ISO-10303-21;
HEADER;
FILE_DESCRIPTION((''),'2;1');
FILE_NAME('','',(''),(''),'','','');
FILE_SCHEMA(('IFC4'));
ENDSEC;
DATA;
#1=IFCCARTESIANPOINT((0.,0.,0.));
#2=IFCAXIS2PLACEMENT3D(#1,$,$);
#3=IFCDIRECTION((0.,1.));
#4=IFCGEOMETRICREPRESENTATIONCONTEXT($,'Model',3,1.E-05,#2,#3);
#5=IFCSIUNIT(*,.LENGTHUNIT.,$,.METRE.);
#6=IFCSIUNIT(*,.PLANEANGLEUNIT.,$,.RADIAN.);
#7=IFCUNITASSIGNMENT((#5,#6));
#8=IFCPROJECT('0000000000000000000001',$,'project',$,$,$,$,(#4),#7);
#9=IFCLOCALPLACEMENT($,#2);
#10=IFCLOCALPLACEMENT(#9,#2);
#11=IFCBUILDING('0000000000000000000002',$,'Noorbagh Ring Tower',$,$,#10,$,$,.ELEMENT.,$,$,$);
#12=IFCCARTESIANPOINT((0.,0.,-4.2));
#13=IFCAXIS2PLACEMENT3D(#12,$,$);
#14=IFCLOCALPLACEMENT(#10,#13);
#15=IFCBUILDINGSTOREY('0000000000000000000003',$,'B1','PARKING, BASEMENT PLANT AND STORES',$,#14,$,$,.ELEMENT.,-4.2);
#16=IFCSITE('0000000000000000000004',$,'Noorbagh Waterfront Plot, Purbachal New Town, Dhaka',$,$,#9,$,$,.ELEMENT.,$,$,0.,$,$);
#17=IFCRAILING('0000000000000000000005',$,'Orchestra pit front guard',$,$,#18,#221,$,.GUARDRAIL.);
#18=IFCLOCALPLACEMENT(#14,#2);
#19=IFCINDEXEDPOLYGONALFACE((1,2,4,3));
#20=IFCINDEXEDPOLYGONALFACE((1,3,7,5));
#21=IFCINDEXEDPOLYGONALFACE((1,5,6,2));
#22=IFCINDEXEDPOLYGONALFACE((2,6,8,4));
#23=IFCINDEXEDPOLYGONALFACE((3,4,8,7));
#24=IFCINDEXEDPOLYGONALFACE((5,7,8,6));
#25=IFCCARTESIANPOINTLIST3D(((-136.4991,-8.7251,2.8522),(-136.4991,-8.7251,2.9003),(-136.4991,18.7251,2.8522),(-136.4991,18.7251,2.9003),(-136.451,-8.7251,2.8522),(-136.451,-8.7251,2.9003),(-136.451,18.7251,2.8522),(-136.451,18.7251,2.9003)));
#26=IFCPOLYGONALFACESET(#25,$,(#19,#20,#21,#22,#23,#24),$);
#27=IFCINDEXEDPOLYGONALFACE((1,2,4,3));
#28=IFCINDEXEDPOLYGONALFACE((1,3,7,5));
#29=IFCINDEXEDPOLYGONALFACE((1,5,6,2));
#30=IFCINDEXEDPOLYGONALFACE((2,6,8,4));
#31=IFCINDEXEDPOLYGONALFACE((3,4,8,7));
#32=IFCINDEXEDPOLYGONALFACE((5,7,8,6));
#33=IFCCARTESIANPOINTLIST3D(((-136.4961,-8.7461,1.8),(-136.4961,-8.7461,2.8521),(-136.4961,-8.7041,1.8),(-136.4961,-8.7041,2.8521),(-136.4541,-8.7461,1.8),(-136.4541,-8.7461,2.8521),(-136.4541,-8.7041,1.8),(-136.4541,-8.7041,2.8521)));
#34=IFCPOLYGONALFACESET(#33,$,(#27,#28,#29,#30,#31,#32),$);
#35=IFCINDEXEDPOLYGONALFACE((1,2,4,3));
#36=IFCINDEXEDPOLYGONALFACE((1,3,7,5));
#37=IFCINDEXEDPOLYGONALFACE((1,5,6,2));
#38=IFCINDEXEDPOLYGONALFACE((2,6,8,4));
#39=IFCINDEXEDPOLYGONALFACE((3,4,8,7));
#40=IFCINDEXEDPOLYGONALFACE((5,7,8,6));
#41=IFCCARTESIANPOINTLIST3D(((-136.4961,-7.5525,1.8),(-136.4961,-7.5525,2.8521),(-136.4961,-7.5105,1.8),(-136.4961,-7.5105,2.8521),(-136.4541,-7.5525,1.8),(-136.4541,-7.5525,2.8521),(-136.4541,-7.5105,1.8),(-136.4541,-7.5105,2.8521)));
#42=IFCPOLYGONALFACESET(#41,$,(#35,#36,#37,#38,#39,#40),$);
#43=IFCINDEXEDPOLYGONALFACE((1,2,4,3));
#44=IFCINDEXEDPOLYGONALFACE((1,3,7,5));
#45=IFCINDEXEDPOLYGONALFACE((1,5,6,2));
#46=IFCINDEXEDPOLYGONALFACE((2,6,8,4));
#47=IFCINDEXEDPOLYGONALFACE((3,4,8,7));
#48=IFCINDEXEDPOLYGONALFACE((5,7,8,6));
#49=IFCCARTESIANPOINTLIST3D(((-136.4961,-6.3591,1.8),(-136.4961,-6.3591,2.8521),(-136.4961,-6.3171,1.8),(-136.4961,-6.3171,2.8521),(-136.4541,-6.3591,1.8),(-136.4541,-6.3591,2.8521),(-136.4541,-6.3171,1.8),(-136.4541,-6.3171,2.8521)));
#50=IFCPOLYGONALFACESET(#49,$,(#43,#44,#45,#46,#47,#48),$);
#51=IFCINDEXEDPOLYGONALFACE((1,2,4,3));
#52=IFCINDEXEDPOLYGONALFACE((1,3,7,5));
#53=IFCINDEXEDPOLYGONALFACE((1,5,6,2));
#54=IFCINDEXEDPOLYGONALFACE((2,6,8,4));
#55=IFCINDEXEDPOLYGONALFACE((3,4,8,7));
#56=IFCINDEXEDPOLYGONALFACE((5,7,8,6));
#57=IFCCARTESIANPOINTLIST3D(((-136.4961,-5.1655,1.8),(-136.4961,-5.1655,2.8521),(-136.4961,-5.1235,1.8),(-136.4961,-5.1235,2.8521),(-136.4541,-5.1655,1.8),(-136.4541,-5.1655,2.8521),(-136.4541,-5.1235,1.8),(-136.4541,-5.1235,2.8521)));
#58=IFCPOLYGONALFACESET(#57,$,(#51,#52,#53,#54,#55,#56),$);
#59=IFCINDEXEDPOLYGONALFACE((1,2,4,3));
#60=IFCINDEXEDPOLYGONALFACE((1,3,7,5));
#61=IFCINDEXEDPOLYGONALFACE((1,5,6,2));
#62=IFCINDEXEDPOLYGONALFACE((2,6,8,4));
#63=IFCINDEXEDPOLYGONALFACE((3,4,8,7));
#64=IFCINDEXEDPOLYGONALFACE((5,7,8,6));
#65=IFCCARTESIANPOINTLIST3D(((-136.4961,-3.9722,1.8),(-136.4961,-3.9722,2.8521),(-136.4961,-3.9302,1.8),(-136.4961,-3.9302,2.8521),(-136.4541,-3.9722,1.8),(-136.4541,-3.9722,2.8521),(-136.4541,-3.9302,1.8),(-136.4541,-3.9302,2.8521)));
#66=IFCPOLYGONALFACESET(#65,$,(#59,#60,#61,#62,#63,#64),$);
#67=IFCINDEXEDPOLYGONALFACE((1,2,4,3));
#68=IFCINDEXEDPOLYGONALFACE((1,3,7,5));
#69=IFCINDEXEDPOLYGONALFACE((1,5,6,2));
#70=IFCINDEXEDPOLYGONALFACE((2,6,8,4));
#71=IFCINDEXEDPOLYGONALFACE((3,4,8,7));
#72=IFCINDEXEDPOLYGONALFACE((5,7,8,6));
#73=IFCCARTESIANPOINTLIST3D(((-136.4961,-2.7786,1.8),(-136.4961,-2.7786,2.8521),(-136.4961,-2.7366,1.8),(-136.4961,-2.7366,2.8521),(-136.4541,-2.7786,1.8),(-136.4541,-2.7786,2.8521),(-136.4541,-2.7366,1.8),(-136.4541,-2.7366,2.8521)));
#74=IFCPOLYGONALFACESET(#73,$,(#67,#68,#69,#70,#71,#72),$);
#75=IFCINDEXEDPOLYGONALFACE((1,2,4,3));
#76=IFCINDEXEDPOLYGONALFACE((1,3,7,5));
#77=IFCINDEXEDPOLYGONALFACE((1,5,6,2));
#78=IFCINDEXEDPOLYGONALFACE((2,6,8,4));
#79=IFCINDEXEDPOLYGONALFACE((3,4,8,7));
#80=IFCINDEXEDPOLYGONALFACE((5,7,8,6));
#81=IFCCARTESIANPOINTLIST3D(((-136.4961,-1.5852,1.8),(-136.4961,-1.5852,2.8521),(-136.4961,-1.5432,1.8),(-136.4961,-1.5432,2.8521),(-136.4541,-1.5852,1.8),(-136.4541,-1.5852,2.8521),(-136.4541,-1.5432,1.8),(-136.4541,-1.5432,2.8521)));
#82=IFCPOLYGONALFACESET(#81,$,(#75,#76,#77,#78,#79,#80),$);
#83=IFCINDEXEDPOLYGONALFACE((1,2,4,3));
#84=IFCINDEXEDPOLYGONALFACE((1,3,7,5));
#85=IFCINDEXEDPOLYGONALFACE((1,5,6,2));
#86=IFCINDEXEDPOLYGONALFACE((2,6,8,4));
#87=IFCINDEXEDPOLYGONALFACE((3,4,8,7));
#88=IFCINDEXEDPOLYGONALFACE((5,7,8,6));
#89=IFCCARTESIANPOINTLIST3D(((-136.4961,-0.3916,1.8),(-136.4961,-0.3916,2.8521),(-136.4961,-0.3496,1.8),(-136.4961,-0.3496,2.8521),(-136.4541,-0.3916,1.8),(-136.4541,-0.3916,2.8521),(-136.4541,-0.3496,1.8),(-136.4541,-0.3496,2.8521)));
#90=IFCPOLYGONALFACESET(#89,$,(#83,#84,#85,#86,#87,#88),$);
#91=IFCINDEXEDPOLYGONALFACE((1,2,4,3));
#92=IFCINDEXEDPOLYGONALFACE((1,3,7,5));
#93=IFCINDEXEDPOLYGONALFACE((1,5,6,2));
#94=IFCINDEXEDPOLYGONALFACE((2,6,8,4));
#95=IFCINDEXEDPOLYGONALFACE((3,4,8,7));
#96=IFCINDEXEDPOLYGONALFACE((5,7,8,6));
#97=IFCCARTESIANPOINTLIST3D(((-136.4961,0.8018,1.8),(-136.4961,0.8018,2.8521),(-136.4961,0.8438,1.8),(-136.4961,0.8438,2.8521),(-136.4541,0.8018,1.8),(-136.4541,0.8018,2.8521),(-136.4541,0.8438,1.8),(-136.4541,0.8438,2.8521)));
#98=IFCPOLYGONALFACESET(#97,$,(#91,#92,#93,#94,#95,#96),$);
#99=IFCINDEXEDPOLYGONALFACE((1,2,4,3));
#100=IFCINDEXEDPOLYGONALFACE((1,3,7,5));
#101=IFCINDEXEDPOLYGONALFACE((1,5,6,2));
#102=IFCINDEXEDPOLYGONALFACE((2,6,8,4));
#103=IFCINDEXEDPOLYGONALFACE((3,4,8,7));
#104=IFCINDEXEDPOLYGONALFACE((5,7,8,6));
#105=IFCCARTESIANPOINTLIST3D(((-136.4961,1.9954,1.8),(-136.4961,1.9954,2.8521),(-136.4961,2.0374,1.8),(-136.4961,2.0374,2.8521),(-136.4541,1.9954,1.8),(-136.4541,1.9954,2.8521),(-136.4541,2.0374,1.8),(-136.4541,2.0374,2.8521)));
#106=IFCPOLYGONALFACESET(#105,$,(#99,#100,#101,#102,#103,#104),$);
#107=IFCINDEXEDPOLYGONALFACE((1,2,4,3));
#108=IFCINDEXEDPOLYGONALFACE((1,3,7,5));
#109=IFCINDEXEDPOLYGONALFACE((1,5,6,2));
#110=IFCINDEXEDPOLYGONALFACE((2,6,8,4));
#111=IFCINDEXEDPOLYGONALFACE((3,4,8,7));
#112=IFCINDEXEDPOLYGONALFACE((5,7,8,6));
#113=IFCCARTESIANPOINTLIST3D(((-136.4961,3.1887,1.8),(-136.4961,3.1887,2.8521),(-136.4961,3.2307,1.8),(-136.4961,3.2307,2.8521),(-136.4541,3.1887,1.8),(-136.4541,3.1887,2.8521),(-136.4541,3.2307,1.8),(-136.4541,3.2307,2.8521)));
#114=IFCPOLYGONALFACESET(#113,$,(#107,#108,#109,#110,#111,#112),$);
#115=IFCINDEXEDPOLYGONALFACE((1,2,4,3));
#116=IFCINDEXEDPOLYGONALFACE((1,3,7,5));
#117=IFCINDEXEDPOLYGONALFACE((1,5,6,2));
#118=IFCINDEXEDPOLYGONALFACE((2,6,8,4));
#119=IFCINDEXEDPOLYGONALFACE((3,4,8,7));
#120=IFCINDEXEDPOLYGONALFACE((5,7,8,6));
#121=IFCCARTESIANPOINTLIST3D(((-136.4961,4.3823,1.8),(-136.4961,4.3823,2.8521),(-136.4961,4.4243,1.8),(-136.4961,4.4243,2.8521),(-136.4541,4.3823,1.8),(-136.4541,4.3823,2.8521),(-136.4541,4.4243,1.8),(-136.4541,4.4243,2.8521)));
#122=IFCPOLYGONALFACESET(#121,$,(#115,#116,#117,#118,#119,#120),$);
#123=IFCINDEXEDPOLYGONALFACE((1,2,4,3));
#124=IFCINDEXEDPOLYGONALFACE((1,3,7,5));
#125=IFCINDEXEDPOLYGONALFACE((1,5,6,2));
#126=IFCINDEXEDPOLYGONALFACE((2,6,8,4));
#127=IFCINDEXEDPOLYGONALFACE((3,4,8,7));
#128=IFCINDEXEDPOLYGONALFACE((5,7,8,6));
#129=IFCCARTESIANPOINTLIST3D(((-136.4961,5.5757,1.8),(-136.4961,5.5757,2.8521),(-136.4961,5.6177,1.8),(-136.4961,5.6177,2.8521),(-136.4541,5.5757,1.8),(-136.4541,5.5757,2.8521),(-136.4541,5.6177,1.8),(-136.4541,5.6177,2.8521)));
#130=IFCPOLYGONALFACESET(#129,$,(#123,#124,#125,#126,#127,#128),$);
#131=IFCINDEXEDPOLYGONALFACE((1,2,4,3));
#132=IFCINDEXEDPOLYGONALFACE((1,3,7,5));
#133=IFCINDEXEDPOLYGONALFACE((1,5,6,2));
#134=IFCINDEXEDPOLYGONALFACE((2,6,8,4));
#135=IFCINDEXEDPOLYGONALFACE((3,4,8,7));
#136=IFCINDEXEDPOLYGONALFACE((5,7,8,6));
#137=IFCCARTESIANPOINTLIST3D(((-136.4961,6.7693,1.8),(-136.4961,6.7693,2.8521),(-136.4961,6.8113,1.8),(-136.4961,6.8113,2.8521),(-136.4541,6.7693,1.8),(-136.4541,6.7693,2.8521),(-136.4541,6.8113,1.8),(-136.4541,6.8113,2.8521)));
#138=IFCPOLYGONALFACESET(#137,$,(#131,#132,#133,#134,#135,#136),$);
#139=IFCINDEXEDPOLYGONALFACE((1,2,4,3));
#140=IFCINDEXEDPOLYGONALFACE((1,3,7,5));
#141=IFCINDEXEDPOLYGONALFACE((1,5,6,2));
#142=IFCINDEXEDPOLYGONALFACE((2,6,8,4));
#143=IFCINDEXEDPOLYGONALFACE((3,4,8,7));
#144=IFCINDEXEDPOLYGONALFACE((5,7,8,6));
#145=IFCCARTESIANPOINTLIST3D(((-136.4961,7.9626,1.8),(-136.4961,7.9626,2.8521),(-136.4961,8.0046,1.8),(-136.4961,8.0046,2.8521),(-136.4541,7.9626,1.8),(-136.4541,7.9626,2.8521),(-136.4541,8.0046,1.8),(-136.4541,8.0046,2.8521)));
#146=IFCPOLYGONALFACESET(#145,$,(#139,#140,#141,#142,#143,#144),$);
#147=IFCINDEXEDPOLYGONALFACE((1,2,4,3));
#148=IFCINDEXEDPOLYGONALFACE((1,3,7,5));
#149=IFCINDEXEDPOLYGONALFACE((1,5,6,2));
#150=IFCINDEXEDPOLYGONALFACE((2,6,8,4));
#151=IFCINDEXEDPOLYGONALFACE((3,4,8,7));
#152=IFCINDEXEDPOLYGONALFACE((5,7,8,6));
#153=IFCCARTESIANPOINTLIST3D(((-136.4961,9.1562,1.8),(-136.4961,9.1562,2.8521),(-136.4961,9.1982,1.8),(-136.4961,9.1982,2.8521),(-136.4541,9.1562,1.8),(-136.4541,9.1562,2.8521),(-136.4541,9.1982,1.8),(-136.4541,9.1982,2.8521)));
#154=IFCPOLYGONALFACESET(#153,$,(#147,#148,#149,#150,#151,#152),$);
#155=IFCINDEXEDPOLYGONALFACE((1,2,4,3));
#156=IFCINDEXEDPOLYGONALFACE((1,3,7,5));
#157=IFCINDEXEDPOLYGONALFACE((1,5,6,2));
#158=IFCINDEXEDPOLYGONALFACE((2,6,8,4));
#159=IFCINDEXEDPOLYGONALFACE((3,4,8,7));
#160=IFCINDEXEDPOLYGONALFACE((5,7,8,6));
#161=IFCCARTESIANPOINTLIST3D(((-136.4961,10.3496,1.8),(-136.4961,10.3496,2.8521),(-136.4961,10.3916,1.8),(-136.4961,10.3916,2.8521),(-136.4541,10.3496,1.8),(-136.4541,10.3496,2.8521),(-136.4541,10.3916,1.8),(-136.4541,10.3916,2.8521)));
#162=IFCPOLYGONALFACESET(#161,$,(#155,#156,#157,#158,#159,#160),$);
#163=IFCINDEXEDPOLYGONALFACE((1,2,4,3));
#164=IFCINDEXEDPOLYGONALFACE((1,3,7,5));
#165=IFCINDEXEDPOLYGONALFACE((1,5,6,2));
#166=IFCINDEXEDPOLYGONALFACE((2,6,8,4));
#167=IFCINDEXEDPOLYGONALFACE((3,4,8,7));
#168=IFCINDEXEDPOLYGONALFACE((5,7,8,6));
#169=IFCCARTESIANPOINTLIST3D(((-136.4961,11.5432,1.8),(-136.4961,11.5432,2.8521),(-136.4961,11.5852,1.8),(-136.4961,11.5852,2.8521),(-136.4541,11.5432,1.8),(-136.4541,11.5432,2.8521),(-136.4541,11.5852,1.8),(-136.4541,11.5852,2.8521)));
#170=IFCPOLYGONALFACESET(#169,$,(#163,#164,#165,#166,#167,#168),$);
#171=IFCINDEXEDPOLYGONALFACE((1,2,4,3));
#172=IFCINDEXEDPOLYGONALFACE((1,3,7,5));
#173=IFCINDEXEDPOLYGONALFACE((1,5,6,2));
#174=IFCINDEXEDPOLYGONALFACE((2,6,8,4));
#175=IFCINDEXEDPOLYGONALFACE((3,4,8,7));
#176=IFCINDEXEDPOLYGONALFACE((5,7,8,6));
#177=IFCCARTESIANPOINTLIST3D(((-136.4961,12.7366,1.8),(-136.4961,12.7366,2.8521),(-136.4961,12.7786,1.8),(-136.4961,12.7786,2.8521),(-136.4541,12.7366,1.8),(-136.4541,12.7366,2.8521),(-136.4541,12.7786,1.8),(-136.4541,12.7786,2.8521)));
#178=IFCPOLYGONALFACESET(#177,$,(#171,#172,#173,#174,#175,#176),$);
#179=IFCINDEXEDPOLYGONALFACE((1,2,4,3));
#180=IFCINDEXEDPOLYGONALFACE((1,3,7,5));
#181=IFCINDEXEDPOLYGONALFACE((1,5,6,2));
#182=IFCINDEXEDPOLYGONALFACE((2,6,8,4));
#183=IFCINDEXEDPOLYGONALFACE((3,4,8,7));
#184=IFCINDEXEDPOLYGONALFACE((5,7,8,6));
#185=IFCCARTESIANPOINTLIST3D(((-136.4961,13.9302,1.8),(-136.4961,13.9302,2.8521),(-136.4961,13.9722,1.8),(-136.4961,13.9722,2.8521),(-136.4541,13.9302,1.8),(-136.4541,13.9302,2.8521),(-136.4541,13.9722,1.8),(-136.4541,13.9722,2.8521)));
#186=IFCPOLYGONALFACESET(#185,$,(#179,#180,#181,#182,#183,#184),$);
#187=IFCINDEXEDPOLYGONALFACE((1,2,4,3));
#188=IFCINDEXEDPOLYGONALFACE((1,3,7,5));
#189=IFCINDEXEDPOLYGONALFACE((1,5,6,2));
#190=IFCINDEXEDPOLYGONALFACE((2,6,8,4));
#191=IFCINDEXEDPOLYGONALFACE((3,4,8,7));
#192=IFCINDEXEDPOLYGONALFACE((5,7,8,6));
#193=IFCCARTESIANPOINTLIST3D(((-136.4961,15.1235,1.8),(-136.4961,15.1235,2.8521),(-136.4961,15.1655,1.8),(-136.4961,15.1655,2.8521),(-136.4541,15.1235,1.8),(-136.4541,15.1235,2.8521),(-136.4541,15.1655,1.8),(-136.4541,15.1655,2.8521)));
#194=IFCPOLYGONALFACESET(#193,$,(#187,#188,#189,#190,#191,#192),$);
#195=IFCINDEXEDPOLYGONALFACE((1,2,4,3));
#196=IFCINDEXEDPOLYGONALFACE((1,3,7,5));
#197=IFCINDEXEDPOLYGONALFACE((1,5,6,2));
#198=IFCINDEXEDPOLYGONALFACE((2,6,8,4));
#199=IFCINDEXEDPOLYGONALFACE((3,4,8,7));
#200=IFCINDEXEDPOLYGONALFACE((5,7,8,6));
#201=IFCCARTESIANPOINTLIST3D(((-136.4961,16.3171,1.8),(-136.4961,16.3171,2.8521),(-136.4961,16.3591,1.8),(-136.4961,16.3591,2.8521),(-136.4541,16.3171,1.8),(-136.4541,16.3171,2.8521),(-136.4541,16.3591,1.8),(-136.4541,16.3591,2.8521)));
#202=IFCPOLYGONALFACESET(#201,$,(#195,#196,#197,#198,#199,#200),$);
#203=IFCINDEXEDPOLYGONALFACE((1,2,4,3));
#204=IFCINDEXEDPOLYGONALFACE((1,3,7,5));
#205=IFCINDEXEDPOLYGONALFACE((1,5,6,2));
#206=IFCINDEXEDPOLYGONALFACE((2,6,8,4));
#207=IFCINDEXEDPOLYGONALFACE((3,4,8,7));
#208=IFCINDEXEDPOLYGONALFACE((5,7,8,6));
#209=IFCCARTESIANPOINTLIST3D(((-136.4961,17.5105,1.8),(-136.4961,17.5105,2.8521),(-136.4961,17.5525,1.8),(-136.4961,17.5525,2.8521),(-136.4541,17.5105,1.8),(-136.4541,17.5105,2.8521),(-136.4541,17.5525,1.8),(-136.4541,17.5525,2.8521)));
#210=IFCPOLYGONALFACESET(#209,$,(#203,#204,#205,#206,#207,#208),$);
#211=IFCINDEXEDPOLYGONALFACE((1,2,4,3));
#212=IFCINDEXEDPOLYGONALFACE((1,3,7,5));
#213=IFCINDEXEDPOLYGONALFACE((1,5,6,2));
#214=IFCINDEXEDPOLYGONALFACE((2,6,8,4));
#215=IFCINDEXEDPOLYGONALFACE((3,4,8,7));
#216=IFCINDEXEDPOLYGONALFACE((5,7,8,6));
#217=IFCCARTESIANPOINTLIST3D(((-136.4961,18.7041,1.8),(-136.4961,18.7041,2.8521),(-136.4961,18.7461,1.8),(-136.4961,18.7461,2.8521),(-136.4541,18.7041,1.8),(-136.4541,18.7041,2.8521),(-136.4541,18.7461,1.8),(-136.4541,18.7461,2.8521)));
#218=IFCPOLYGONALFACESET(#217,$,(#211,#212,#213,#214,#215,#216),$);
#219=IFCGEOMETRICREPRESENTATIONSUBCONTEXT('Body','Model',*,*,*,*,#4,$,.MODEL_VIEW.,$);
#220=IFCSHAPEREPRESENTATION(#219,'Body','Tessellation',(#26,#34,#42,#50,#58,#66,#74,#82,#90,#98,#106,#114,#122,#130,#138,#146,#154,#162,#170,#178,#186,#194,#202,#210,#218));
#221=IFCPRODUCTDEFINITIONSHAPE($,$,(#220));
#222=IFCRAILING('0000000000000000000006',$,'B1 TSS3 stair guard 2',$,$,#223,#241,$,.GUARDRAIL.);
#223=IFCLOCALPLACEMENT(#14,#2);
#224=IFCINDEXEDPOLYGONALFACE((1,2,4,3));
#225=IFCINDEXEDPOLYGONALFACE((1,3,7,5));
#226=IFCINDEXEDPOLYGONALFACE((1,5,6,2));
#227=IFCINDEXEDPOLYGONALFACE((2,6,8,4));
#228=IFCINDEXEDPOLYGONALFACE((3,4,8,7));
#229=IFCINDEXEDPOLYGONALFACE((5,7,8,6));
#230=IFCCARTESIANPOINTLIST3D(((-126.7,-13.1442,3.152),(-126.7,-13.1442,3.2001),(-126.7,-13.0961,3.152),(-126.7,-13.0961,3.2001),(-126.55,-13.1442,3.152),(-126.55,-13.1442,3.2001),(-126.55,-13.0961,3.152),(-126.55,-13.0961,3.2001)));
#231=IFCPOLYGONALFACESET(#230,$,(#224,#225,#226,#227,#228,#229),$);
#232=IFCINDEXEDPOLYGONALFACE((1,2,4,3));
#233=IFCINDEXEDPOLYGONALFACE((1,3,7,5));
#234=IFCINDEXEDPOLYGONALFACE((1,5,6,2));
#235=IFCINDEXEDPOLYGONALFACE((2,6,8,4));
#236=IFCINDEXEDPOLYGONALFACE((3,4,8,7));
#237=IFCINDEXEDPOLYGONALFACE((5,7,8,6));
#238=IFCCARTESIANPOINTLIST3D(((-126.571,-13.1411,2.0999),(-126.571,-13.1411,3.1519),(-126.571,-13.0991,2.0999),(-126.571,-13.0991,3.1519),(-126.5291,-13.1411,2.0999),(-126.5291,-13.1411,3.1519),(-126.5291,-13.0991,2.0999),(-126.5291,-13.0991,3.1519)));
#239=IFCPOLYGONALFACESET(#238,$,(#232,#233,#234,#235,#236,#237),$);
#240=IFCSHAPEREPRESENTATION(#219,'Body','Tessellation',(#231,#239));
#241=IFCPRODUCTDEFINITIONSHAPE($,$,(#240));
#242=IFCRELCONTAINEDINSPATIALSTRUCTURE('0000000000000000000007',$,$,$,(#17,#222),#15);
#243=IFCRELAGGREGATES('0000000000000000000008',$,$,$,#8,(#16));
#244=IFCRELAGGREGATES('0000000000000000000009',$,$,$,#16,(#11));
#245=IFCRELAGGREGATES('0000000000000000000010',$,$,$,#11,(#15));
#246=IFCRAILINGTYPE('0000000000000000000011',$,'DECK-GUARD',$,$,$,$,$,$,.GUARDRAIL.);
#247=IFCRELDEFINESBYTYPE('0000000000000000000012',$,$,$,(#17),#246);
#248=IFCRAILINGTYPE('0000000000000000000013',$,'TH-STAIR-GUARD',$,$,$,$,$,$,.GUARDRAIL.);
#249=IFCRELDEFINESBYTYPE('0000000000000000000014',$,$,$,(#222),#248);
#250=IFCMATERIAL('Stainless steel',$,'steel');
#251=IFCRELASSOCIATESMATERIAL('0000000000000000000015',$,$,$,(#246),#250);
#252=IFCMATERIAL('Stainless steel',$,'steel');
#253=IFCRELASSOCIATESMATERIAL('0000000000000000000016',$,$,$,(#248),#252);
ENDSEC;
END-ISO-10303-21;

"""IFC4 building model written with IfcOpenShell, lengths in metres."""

from ifc_helpers import new_model, si_unit, direction, frame, origin, origin_2d, place, context, subcontext, project, spatial, rectangle, extrude, material, type_object, element, save


model = new_model("IFC4")

# Units and contexts
model_context = context("Model", 3, precision=1e-05, world=origin(), true_north=direction((0.0, 1.0)))
body_context = subcontext(model_context, "Body", "Model", "MODEL_VIEW")
ifc_project = project(units=[si_unit("LENGTHUNIT", "METRE"), si_unit("PLANEANGLEUNIT", "RADIAN")], contexts=[model_context])

# Site, building, storey
site_placement = place(None, origin())
site = spatial("IfcSite", under=ifc_project, at=site_placement, Name="Noorbagh Waterfront Plot, Purbachal New Town, Dhaka", CompositionType="ELEMENT", RefElevation=0.0)
building_placement = place(site_placement, origin())
building = spatial("IfcBuilding", under=site, at=building_placement, Name="Noorbagh Ring Tower", CompositionType="ELEMENT")
storey_placement = place(building_placement, frame((0.0, 0.0, -4.2)))
storey = spatial("IfcBuildingStorey", under=building, at=storey_placement, Name="B1", Description="PARKING, BASEMENT PLANT AND STORES", CompositionType="ELEMENT", Elevation=-4.2)

# Railings
ifc_material_1 = material(Name="Stainless steel", Category="steel")
railing_type_1 = type_object("IfcRailingType", Name="DECK-GUARD", PredefinedType="GUARDRAIL", material=ifc_material_1)
railing_1_placement = place(storey_placement, frame((-136.4751, -8.7251, 1.8)))
element("IfcRailing", 1, at=railing_1_placement, inside=storey, type_object=railing_type_1, Name="Orchestra pit front guard", PredefinedType="GUARDRAIL", context=body_context, shape_type="SweptSolid", body=[
    extrude(rectangle(XDim=0.0481, YDim=0.0481, at=origin_2d()), frame((0.0, 0.0, 1.0762), z_axis=(0.0, 1.0, 0.0), x_axis=(-1.0, 0.0, 0.0)), (0.0, 0.0, 1.0), 27.4502),
    extrude(rectangle(XDim=0.042, YDim=0.042, at=origin_2d()), origin(), (0.0, 0.0, 1.0), 1.052),
    extrude(rectangle(XDim=0.042, YDim=0.042, at=origin_2d()), frame((0.0, 1.1936, 0.0)), (0.0, 0.0, 1.0), 1.052),
    extrude(rectangle(XDim=0.042, YDim=0.042, at=origin_2d()), frame((0.0, 2.387, 0.0)), (0.0, 0.0, 1.0), 1.052),
    extrude(rectangle(XDim=0.042, YDim=0.042, at=origin_2d()), frame((0.0, 3.5806, 0.0)), (0.0, 0.0, 1.0), 1.052),
    extrude(rectangle(XDim=0.042, YDim=0.042, at=origin_2d()), frame((0.0, 4.7739, 0.0)), (0.0, 0.0, 1.0), 1.052),
    extrude(rectangle(XDim=0.042, YDim=0.042, at=origin_2d()), frame((0.0, 5.9675, 0.0)), (0.0, 0.0, 1.0), 1.052),
    extrude(rectangle(XDim=0.042, YDim=0.042, at=origin_2d()), frame((0.0, 7.1609, 0.0)), (0.0, 0.0, 1.0), 1.052),
    extrude(rectangle(XDim=0.042, YDim=0.042, at=origin_2d()), frame((0.0, 8.3545, 0.0)), (0.0, 0.0, 1.0), 1.052),
    extrude(rectangle(XDim=0.042, YDim=0.042, at=origin_2d()), frame((0.0, 9.5479, 0.0)), (0.0, 0.0, 1.0), 1.052),
    extrude(rectangle(XDim=0.042, YDim=0.042, at=origin_2d()), frame((0.0, 10.7415, 0.0)), (0.0, 0.0, 1.0), 1.052),
    extrude(rectangle(XDim=0.042, YDim=0.042, at=origin_2d()), frame((0.0, 11.9348, 0.0)), (0.0, 0.0, 1.0), 1.052),
    extrude(rectangle(XDim=0.042, YDim=0.042, at=origin_2d()), frame((0.0, 13.1284, 0.0)), (0.0, 0.0, 1.0), 1.052),
    extrude(rectangle(XDim=0.042, YDim=0.042, at=origin_2d()), frame((0.0, 14.3218, 0.0)), (0.0, 0.0, 1.0), 1.052),
    extrude(rectangle(XDim=0.042, YDim=0.042, at=origin_2d()), frame((0.0, 15.5154, 0.0)), (0.0, 0.0, 1.0), 1.052),
    extrude(rectangle(XDim=0.042, YDim=0.042, at=origin_2d()), frame((0.0, 16.7087, 0.0)), (0.0, 0.0, 1.0), 1.052),
    extrude(rectangle(XDim=0.042, YDim=0.042, at=origin_2d()), frame((0.0, 17.9023, 0.0)), (0.0, 0.0, 1.0), 1.052),
    extrude(rectangle(XDim=0.042, YDim=0.042, at=origin_2d()), frame((0.0, 19.0957, 0.0)), (0.0, 0.0, 1.0), 1.052),
    extrude(rectangle(XDim=0.042, YDim=0.042, at=origin_2d()), frame((0.0, 20.2893, 0.0)), (0.0, 0.0, 1.0), 1.052),
    extrude(rectangle(XDim=0.042, YDim=0.042, at=origin_2d()), frame((0.0, 21.4827, 0.0)), (0.0, 0.0, 1.0), 1.052),
    extrude(rectangle(XDim=0.042, YDim=0.042, at=origin_2d()), frame((0.0, 22.6763, 0.0)), (0.0, 0.0, 1.0), 1.052),
    extrude(rectangle(XDim=0.042, YDim=0.042, at=origin_2d()), frame((0.0, 23.8696, 0.0)), (0.0, 0.0, 1.0), 1.052),
    extrude(rectangle(XDim=0.042, YDim=0.042, at=origin_2d()), frame((0.0, 25.0632, 0.0)), (0.0, 0.0, 1.0), 1.052),
    extrude(rectangle(XDim=0.042, YDim=0.042, at=origin_2d()), frame((0.0, 26.2566, 0.0)), (0.0, 0.0, 1.0), 1.052),
    extrude(rectangle(XDim=0.042, YDim=0.042, at=origin_2d()), frame((0.0, 27.4502, 0.0)), (0.0, 0.0, 1.0), 1.052),
])
ifc_material_2 = material(Name="Stainless steel", Category="steel")
railing_type_2 = type_object("IfcRailingType", Name="TH-STAIR-GUARD", PredefinedType="GUARDRAIL", material=ifc_material_2)
railing_2_placement = place(storey_placement, frame((-126.55, -13.1201, 2.0999)))
element("IfcRailing", 2, at=railing_2_placement, inside=storey, type_object=railing_type_2, Name="B1 TSS3 stair guard 2", PredefinedType="GUARDRAIL", context=body_context, shape_type="SweptSolid", body=[
    extrude(rectangle(XDim=0.0481, YDim=0.0481, at=origin_2d()), frame((0.0, 0.0, 1.0762), z_axis=(-1.0, 0.0, 0.0), x_axis=(0.0, -1.0, 0.0)), (0.0, 0.0, 1.0), 0.1499),
    extrude(rectangle(XDim=0.042, YDim=0.042, at=origin_2d()), origin(), (0.0, 0.0, 1.0), 1.052),
])

save(model, "model.ifc")
